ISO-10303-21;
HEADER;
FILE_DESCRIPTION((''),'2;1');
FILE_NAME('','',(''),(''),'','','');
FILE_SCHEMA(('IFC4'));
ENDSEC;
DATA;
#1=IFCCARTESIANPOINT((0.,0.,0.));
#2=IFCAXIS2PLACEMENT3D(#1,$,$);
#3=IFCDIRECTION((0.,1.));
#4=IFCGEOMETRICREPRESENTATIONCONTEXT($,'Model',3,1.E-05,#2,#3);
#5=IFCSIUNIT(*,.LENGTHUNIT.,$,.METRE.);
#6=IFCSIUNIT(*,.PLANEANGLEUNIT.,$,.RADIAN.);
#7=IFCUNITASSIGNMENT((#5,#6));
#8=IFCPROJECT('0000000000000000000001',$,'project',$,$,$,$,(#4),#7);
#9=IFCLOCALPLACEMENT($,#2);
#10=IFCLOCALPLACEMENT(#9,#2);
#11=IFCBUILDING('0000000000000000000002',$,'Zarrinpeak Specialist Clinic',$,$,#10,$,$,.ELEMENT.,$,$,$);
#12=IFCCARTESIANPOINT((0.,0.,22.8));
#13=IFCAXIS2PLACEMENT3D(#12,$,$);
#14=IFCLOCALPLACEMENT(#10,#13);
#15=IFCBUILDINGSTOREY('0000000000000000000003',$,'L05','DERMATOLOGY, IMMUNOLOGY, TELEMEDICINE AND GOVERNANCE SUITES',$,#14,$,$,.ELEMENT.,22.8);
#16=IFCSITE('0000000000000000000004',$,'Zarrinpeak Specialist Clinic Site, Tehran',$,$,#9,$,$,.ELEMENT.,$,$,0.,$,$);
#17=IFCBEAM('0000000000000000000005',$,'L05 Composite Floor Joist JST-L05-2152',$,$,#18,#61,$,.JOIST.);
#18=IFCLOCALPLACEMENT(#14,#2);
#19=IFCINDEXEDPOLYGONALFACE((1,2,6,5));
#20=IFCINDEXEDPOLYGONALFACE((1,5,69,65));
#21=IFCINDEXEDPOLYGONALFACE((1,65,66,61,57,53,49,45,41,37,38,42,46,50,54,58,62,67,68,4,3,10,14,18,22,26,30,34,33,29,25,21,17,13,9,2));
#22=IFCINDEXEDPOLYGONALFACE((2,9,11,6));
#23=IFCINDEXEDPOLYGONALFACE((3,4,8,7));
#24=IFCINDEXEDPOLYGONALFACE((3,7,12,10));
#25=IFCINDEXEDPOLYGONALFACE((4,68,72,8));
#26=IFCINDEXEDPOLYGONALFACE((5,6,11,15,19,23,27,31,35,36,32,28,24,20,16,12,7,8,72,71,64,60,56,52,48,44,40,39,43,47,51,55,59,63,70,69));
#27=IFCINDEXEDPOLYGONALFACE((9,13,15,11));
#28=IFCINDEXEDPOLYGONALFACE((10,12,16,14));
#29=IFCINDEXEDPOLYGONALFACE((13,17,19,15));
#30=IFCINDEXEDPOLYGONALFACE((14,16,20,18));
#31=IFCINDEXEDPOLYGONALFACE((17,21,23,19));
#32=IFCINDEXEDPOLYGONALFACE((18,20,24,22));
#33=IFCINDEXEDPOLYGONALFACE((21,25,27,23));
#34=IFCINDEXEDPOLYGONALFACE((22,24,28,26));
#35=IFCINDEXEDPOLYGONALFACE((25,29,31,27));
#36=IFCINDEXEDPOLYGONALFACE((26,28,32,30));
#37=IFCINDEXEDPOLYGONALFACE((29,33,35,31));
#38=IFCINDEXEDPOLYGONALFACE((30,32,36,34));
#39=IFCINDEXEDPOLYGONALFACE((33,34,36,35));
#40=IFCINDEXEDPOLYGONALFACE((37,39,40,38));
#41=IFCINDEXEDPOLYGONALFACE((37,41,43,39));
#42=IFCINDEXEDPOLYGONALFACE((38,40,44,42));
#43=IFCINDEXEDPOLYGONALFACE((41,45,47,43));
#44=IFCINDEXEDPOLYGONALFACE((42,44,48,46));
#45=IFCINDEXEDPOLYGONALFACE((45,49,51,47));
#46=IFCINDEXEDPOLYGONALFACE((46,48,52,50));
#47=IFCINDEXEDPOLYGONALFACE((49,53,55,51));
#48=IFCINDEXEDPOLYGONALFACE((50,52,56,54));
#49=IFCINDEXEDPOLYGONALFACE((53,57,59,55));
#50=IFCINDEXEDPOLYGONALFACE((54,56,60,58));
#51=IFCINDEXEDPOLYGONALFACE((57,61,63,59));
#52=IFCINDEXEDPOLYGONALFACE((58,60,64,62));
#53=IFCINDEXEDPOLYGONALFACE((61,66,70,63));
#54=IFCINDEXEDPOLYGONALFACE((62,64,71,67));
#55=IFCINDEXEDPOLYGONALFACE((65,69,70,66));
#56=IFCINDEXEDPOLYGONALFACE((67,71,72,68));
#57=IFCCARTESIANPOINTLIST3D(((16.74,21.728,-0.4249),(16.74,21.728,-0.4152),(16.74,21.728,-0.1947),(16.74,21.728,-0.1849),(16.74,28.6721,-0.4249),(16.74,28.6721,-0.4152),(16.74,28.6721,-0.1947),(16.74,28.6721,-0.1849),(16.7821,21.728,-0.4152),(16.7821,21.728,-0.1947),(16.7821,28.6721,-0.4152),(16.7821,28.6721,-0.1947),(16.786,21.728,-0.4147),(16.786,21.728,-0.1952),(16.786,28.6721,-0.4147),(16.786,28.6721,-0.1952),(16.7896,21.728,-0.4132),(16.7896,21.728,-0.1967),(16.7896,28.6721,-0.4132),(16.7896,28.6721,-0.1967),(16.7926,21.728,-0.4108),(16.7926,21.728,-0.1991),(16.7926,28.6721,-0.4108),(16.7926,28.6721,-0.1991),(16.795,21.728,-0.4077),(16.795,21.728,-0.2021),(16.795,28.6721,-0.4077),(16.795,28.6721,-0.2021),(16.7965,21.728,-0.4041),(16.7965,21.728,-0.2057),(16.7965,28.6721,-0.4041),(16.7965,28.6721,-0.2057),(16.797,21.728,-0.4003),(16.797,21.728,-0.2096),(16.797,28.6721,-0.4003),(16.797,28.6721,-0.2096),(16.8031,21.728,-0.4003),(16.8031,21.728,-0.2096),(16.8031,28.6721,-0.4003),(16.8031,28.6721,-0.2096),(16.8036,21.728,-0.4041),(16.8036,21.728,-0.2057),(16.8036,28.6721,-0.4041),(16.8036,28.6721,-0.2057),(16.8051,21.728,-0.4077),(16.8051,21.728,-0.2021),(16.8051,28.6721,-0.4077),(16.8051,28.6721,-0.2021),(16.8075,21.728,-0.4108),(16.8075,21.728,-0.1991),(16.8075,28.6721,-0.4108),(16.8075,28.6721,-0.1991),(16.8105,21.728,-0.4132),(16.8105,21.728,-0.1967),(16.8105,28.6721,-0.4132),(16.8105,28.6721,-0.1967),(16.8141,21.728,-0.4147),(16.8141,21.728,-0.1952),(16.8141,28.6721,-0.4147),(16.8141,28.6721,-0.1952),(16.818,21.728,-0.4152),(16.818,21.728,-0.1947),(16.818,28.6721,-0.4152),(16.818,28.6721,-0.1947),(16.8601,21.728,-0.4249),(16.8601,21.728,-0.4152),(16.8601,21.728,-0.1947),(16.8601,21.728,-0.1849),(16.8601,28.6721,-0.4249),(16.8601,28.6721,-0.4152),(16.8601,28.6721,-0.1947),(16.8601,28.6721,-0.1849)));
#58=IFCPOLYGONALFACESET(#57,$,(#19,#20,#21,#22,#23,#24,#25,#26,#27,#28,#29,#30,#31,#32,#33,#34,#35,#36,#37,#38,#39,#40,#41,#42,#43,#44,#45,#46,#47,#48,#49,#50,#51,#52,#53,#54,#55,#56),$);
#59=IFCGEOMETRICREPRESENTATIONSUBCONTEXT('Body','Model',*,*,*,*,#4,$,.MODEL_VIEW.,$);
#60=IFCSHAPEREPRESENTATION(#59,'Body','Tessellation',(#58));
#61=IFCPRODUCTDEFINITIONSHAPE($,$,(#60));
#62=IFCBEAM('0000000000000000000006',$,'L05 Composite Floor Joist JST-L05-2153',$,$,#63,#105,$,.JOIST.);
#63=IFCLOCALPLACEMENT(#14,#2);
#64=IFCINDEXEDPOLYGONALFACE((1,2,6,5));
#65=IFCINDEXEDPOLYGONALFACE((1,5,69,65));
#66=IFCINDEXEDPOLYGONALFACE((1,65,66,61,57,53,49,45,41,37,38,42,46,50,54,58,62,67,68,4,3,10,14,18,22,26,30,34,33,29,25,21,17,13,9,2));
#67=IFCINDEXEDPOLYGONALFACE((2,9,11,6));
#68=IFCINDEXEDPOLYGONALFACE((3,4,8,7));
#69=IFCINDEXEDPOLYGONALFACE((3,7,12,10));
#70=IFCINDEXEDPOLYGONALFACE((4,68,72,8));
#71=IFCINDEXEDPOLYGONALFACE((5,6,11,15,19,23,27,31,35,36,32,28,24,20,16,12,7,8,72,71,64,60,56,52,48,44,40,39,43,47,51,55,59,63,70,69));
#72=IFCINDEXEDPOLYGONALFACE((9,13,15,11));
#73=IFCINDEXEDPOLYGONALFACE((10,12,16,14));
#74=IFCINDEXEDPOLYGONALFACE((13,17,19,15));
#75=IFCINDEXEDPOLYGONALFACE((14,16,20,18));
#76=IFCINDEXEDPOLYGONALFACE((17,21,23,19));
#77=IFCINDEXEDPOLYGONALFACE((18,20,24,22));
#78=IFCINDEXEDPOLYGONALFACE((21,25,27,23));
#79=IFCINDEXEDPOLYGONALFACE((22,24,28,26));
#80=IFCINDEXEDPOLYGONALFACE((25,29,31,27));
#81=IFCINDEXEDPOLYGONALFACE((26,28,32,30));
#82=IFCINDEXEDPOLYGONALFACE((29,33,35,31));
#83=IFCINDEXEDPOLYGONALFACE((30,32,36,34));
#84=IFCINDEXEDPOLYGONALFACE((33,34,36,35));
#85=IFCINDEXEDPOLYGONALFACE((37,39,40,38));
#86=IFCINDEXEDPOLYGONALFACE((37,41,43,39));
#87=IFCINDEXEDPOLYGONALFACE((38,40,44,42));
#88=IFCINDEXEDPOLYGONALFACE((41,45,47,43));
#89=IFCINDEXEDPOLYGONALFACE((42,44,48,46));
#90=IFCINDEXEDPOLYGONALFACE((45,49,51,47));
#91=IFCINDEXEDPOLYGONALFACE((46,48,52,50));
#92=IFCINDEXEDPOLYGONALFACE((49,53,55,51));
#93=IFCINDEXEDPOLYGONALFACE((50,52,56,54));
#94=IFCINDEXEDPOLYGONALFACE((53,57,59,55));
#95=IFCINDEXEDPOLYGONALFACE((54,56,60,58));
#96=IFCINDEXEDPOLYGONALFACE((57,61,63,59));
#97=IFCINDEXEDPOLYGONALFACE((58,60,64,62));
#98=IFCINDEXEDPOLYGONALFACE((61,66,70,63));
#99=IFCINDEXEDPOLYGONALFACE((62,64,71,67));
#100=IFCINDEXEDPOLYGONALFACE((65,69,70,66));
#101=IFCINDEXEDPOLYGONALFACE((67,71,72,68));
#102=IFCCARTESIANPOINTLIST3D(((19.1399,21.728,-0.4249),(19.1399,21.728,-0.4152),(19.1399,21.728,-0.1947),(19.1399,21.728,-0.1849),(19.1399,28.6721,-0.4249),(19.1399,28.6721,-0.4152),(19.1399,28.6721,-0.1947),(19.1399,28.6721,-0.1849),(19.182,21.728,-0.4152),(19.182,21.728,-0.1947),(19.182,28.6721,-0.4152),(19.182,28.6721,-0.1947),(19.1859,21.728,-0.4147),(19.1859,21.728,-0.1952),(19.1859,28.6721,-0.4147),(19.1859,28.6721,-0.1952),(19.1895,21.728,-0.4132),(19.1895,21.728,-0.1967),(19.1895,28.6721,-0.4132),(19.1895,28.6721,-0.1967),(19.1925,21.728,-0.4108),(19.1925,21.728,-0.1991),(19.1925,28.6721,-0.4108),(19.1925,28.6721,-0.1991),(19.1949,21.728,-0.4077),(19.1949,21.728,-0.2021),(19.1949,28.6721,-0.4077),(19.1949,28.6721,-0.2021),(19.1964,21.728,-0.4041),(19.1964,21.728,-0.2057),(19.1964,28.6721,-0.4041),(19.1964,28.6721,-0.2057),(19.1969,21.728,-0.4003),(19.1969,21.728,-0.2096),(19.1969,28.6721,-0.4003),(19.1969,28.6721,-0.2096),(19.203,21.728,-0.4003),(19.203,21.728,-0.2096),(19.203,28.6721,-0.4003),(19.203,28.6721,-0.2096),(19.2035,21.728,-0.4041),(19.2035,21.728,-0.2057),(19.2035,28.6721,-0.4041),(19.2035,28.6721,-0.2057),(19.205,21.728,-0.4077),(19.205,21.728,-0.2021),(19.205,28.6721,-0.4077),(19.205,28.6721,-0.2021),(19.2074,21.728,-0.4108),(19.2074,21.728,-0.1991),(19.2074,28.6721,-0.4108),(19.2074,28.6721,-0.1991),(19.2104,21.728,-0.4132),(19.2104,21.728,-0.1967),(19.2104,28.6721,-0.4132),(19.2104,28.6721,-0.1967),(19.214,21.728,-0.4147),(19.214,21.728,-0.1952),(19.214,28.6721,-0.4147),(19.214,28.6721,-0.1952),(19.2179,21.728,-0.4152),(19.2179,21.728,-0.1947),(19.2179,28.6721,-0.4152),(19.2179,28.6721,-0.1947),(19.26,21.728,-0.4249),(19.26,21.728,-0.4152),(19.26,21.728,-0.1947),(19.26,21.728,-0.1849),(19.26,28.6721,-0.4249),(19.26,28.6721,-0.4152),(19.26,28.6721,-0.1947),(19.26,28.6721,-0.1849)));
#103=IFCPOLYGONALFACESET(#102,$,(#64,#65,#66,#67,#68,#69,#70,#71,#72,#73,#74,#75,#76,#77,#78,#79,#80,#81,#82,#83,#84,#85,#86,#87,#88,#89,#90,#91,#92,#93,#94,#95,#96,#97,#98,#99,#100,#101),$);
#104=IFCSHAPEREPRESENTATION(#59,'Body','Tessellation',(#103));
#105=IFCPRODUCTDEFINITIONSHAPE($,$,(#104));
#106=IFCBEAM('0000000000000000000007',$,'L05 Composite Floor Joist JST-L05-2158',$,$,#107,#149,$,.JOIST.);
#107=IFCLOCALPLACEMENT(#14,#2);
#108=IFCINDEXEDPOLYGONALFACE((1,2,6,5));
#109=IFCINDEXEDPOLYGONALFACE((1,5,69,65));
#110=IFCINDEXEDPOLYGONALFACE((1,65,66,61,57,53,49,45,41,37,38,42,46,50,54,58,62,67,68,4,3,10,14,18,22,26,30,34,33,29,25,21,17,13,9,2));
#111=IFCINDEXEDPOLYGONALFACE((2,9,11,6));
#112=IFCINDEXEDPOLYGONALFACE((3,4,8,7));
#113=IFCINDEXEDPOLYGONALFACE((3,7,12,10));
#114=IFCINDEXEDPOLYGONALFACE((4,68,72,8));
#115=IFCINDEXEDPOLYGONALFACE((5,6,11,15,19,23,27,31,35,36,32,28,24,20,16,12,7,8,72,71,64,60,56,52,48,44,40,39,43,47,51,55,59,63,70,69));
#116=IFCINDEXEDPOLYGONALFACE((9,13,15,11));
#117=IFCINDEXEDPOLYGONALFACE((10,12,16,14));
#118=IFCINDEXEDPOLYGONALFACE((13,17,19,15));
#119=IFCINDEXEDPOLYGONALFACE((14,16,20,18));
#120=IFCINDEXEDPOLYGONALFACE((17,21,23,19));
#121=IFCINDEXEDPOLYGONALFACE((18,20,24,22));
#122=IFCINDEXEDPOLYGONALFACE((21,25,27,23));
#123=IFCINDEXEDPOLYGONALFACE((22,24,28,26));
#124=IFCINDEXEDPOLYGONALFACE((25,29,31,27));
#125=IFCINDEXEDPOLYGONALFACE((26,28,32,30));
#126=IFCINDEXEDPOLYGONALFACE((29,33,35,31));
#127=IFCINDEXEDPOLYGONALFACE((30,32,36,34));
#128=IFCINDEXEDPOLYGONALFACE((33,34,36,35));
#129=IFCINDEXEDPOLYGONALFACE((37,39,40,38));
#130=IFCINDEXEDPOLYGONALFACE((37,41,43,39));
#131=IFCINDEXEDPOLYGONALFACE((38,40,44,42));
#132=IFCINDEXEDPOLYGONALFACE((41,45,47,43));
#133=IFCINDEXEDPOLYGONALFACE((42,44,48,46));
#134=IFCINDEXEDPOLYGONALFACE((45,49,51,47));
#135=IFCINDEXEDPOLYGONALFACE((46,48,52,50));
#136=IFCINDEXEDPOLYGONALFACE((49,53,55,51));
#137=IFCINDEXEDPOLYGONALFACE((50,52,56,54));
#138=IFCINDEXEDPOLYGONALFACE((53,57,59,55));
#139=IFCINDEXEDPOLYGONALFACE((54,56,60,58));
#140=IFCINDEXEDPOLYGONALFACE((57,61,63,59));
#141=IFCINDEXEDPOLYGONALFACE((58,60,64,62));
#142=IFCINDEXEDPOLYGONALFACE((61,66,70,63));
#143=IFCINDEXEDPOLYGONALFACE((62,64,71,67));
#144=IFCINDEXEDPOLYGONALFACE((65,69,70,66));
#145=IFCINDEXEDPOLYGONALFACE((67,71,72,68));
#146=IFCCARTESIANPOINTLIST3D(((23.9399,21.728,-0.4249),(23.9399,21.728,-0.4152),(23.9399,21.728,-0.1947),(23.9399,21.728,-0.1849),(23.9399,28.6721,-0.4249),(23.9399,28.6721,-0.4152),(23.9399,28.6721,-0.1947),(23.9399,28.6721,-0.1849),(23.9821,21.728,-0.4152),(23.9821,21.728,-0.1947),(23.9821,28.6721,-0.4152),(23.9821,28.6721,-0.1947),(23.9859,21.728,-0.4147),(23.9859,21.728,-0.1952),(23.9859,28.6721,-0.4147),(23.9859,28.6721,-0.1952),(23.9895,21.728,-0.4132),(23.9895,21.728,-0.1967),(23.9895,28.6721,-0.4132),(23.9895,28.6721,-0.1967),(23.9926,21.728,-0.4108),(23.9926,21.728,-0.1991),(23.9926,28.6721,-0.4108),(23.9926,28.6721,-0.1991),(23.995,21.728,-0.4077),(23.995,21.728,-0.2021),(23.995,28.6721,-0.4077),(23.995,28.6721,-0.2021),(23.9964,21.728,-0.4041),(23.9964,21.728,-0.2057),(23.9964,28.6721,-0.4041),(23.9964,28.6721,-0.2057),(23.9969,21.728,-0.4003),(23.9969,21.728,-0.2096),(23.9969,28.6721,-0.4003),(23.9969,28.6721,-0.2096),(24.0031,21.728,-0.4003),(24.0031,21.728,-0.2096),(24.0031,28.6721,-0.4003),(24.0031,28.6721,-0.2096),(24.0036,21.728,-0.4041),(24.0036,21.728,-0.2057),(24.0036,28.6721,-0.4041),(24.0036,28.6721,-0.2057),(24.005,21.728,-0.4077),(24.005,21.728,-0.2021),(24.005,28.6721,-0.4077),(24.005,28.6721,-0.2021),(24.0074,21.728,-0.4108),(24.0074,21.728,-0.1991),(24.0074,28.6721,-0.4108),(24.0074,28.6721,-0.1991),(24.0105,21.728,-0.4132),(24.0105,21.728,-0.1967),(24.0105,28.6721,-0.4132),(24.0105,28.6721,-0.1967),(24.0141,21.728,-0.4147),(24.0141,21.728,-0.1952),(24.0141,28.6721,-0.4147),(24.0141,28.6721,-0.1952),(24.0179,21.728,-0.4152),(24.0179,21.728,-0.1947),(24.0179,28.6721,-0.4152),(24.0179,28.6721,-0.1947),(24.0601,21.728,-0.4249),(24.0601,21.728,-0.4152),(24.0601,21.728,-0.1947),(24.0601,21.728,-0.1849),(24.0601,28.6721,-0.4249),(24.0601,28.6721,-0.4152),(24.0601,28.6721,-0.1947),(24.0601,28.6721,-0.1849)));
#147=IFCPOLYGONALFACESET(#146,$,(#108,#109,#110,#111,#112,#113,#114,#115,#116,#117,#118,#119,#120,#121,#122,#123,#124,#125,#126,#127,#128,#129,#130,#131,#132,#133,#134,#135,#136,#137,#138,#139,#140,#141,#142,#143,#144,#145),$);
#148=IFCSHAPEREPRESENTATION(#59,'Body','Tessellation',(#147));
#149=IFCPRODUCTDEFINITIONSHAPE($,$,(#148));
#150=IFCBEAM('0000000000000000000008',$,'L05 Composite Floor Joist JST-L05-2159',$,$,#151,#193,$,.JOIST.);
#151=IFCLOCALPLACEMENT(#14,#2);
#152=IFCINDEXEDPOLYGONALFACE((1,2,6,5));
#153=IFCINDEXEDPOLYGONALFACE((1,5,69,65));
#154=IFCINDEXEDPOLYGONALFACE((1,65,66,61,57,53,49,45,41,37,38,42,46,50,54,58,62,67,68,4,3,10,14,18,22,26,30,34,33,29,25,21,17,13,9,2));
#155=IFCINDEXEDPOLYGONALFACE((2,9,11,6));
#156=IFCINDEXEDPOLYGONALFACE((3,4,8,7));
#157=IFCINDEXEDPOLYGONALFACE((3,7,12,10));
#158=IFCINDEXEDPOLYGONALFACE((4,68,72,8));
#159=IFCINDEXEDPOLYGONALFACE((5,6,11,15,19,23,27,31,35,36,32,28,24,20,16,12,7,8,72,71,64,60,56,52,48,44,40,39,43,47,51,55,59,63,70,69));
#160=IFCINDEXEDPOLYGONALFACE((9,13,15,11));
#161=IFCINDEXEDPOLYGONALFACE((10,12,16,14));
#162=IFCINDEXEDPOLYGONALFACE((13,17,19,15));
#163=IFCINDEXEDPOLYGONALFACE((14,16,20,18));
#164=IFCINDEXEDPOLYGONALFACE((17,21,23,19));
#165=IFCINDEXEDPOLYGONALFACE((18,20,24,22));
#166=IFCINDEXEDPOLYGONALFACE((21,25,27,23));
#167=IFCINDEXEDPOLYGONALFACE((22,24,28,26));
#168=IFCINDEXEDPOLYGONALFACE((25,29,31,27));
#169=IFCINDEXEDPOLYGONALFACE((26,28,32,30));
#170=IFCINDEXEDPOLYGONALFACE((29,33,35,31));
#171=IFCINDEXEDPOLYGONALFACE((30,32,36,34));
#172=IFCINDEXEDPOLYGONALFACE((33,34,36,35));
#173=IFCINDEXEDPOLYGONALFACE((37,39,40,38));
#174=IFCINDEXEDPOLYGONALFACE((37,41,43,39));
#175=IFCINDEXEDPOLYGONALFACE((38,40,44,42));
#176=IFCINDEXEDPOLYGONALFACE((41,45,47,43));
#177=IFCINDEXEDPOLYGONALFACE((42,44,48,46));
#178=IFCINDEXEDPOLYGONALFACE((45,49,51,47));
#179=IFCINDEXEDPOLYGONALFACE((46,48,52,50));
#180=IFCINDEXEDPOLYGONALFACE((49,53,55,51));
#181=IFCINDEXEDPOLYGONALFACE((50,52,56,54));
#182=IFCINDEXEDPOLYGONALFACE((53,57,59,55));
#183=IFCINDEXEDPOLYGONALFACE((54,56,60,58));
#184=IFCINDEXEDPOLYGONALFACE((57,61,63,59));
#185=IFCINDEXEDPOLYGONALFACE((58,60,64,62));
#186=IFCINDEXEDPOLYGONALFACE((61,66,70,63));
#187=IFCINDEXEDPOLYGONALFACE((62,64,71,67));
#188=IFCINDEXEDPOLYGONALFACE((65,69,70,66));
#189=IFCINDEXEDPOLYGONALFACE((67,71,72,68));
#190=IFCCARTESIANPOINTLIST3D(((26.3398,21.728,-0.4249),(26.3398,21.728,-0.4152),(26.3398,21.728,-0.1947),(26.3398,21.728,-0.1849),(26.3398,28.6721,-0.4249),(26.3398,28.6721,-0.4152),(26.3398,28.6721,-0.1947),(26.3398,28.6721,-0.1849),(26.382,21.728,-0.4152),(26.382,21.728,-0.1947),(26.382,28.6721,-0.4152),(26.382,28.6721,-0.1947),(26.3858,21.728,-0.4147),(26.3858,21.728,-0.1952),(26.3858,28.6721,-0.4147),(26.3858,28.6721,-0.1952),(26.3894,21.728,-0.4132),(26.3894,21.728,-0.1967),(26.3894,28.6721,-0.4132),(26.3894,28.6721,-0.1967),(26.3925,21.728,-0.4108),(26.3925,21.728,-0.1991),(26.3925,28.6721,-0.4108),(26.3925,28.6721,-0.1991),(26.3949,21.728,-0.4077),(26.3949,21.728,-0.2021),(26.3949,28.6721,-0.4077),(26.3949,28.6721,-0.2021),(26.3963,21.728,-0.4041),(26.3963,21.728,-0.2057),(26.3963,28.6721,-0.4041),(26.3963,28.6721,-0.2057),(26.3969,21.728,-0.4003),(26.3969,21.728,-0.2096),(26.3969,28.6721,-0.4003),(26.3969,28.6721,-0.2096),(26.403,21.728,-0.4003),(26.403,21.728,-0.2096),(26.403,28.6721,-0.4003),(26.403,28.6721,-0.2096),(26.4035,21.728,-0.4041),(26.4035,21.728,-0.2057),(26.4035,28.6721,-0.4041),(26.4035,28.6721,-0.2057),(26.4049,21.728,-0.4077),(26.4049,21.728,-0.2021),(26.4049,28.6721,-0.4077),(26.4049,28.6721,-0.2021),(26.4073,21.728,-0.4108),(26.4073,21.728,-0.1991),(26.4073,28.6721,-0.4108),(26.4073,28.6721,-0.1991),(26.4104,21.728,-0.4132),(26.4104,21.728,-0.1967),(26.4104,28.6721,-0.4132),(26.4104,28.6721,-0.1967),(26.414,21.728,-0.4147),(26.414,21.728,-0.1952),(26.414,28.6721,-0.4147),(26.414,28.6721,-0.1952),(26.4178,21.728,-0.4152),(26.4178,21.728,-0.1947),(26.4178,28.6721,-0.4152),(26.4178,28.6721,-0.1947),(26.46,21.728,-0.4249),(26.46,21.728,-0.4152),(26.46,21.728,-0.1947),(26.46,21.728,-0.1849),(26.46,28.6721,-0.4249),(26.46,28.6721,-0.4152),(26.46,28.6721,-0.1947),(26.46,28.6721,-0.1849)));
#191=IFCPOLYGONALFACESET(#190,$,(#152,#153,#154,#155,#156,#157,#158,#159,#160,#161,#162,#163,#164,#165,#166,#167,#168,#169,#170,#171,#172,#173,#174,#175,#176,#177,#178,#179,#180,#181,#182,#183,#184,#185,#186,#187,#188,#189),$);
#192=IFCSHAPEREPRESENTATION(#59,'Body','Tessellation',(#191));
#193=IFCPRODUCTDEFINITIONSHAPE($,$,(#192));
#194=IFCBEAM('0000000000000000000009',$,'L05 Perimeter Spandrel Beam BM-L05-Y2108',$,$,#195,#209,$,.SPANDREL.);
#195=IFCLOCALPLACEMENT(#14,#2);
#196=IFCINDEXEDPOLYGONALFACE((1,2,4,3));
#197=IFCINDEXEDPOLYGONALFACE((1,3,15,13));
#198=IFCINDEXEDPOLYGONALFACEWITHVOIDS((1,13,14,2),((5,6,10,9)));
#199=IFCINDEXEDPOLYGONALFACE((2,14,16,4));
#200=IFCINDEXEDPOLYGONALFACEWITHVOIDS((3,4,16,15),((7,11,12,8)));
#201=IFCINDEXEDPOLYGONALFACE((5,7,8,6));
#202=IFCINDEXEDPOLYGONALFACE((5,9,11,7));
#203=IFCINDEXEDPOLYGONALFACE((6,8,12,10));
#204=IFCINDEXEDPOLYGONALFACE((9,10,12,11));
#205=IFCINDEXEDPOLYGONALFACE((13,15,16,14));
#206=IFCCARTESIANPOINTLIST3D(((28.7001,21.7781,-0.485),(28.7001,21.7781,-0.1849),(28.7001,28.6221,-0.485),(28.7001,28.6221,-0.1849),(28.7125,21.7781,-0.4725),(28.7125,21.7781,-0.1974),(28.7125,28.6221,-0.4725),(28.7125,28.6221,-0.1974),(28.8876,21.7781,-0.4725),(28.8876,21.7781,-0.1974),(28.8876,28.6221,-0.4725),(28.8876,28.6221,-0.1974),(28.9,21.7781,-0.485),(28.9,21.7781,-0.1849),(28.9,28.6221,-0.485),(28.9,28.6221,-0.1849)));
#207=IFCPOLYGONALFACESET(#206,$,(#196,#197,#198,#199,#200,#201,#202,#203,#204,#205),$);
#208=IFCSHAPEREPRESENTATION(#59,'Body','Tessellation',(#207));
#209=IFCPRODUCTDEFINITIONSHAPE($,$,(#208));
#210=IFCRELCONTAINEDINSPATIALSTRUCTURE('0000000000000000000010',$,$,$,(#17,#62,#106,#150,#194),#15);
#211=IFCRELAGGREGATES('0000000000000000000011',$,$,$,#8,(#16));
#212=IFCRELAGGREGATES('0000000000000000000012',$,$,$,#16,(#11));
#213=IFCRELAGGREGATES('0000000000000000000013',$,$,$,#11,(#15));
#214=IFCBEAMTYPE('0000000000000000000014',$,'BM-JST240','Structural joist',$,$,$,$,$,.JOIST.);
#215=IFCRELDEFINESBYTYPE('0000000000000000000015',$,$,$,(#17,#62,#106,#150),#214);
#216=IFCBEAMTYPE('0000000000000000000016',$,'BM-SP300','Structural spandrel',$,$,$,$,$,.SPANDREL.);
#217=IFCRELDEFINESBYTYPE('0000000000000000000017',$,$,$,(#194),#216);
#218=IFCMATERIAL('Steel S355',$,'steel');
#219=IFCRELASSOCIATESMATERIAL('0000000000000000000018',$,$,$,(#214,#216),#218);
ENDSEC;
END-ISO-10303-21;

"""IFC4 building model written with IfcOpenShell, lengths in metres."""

from ifc_helpers import new_model, si_unit, direction, frame, origin, origin_2d, place, context, subcontext, project, spatial, hollow_rectangle, i_section, extrude, material, material_profile, profile_set, type_object, element, save


model = new_model("IFC4")

# Units and contexts
model_context = context("Model", 3, precision=1e-05, world=origin(), true_north=direction((0.0, 1.0)))
body_context = subcontext(model_context, "Body", "Model", "MODEL_VIEW")
ifc_project = project(units=[si_unit("LENGTHUNIT", "METRE"), si_unit("PLANEANGLEUNIT", "RADIAN")], contexts=[model_context])

# Site, building, storey
site_placement = place(None, origin())
site = spatial("IfcSite", under=ifc_project, at=site_placement, Name="Zarrinpeak Specialist Clinic Site, Tehran", CompositionType="ELEMENT", RefElevation=0.0)
building_placement = place(site_placement, origin())
building = spatial("IfcBuilding", under=site, at=building_placement, Name="Zarrinpeak Specialist Clinic", CompositionType="ELEMENT")
storey_placement = place(building_placement, frame((0.0, 0.0, 22.8)))
storey = spatial("IfcBuildingStorey", under=building, at=storey_placement, Name="L05", Description="DERMATOLOGY, IMMUNOLOGY, TELEMEDICINE AND GOVERNANCE SUITES", CompositionType="ELEMENT", Elevation=22.8)

# Shared definitions
ifc_material_1 = material(Name="Steel S355", Category="steel")

# Beams
ifc_material_profile_1 = material_profile(ifc_material_1, i_section(OverallWidth=0.1201, OverallDepth=0.24, WebThickness=0.0061, FlangeThickness=0.0098, FilletRadius=0.0149, at=origin_2d()), Name="IPE 240")
ifc_profile_set_1 = profile_set([ifc_material_profile_1], Name="Steel S355")
beam_type_1 = type_object("IfcBeamType", Name="BM-JST240", Description="Structural joist", PredefinedType="JOIST", material=ifc_profile_set_1)
for number, where, z_axis, x_axis, name in (
    (1, (16.8, 21.728, -0.3049), (0.0, 1.0, 0.0), (-1.0, 0.0, 0.0), "L05 Composite Floor Joist JST-L05-2152"),
    (2, (19.2, 21.728, -0.3049), (0.0, 1.0, 0.0), (-1.0, 0.0, 0.0), "L05 Composite Floor Joist JST-L05-2153"),
    (3, (24.0, 21.728, -0.3049), (0.0, 1.0, 0.0), (-1.0, 0.0, 0.0), "L05 Composite Floor Joist JST-L05-2158"),
    (4, (26.3999, 21.728, -0.3049), (0.0, 1.0, 0.0), (-1.0, 0.0, 0.0), "L05 Composite Floor Joist JST-L05-2159"),
):
    element("IfcBeam", number, at=place(storey_placement, frame(where, z_axis=z_axis, x_axis=x_axis)), inside=storey, type_object=beam_type_1, Name=name, PredefinedType="JOIST", context=body_context, shape_type="SweptSolid", body=[
        extrude(i_section(OverallWidth=0.1201, OverallDepth=0.24, WebThickness=0.0061, FlangeThickness=0.0098, FilletRadius=0.0149, at=origin_2d()), origin(), (0.0, 0.0, 1.0), 6.9441),
    ])
ifc_material_profile_2 = material_profile(ifc_material_1, hollow_rectangle(XDim=0.2, YDim=0.3, WallThickness=0.0125, at=origin_2d()), Name="RHS 300x200x12.5")
ifc_profile_set_2 = profile_set([ifc_material_profile_2], Name="Steel S355")
beam_type_2 = type_object("IfcBeamType", Name="BM-SP300", Description="Structural spandrel", PredefinedType="SPANDREL", material=ifc_profile_set_2)
beam_1_placement = place(storey_placement, frame((28.8, 21.7781, -0.335), z_axis=(0.0, 1.0, 0.0), x_axis=(-1.0, 0.0, 0.0)))
element("IfcBeam", 5, at=beam_1_placement, inside=storey, type_object=beam_type_2, Name="L05 Perimeter Spandrel Beam BM-L05-Y2108", PredefinedType="SPANDREL", context=body_context, shape_type="SweptSolid", body=[
    extrude(hollow_rectangle(XDim=0.2, YDim=0.3, WallThickness=0.0125, at=origin_2d()), origin(), (0.0, 0.0, 1.0), 6.844),
])

save(model, "model.ifc")
